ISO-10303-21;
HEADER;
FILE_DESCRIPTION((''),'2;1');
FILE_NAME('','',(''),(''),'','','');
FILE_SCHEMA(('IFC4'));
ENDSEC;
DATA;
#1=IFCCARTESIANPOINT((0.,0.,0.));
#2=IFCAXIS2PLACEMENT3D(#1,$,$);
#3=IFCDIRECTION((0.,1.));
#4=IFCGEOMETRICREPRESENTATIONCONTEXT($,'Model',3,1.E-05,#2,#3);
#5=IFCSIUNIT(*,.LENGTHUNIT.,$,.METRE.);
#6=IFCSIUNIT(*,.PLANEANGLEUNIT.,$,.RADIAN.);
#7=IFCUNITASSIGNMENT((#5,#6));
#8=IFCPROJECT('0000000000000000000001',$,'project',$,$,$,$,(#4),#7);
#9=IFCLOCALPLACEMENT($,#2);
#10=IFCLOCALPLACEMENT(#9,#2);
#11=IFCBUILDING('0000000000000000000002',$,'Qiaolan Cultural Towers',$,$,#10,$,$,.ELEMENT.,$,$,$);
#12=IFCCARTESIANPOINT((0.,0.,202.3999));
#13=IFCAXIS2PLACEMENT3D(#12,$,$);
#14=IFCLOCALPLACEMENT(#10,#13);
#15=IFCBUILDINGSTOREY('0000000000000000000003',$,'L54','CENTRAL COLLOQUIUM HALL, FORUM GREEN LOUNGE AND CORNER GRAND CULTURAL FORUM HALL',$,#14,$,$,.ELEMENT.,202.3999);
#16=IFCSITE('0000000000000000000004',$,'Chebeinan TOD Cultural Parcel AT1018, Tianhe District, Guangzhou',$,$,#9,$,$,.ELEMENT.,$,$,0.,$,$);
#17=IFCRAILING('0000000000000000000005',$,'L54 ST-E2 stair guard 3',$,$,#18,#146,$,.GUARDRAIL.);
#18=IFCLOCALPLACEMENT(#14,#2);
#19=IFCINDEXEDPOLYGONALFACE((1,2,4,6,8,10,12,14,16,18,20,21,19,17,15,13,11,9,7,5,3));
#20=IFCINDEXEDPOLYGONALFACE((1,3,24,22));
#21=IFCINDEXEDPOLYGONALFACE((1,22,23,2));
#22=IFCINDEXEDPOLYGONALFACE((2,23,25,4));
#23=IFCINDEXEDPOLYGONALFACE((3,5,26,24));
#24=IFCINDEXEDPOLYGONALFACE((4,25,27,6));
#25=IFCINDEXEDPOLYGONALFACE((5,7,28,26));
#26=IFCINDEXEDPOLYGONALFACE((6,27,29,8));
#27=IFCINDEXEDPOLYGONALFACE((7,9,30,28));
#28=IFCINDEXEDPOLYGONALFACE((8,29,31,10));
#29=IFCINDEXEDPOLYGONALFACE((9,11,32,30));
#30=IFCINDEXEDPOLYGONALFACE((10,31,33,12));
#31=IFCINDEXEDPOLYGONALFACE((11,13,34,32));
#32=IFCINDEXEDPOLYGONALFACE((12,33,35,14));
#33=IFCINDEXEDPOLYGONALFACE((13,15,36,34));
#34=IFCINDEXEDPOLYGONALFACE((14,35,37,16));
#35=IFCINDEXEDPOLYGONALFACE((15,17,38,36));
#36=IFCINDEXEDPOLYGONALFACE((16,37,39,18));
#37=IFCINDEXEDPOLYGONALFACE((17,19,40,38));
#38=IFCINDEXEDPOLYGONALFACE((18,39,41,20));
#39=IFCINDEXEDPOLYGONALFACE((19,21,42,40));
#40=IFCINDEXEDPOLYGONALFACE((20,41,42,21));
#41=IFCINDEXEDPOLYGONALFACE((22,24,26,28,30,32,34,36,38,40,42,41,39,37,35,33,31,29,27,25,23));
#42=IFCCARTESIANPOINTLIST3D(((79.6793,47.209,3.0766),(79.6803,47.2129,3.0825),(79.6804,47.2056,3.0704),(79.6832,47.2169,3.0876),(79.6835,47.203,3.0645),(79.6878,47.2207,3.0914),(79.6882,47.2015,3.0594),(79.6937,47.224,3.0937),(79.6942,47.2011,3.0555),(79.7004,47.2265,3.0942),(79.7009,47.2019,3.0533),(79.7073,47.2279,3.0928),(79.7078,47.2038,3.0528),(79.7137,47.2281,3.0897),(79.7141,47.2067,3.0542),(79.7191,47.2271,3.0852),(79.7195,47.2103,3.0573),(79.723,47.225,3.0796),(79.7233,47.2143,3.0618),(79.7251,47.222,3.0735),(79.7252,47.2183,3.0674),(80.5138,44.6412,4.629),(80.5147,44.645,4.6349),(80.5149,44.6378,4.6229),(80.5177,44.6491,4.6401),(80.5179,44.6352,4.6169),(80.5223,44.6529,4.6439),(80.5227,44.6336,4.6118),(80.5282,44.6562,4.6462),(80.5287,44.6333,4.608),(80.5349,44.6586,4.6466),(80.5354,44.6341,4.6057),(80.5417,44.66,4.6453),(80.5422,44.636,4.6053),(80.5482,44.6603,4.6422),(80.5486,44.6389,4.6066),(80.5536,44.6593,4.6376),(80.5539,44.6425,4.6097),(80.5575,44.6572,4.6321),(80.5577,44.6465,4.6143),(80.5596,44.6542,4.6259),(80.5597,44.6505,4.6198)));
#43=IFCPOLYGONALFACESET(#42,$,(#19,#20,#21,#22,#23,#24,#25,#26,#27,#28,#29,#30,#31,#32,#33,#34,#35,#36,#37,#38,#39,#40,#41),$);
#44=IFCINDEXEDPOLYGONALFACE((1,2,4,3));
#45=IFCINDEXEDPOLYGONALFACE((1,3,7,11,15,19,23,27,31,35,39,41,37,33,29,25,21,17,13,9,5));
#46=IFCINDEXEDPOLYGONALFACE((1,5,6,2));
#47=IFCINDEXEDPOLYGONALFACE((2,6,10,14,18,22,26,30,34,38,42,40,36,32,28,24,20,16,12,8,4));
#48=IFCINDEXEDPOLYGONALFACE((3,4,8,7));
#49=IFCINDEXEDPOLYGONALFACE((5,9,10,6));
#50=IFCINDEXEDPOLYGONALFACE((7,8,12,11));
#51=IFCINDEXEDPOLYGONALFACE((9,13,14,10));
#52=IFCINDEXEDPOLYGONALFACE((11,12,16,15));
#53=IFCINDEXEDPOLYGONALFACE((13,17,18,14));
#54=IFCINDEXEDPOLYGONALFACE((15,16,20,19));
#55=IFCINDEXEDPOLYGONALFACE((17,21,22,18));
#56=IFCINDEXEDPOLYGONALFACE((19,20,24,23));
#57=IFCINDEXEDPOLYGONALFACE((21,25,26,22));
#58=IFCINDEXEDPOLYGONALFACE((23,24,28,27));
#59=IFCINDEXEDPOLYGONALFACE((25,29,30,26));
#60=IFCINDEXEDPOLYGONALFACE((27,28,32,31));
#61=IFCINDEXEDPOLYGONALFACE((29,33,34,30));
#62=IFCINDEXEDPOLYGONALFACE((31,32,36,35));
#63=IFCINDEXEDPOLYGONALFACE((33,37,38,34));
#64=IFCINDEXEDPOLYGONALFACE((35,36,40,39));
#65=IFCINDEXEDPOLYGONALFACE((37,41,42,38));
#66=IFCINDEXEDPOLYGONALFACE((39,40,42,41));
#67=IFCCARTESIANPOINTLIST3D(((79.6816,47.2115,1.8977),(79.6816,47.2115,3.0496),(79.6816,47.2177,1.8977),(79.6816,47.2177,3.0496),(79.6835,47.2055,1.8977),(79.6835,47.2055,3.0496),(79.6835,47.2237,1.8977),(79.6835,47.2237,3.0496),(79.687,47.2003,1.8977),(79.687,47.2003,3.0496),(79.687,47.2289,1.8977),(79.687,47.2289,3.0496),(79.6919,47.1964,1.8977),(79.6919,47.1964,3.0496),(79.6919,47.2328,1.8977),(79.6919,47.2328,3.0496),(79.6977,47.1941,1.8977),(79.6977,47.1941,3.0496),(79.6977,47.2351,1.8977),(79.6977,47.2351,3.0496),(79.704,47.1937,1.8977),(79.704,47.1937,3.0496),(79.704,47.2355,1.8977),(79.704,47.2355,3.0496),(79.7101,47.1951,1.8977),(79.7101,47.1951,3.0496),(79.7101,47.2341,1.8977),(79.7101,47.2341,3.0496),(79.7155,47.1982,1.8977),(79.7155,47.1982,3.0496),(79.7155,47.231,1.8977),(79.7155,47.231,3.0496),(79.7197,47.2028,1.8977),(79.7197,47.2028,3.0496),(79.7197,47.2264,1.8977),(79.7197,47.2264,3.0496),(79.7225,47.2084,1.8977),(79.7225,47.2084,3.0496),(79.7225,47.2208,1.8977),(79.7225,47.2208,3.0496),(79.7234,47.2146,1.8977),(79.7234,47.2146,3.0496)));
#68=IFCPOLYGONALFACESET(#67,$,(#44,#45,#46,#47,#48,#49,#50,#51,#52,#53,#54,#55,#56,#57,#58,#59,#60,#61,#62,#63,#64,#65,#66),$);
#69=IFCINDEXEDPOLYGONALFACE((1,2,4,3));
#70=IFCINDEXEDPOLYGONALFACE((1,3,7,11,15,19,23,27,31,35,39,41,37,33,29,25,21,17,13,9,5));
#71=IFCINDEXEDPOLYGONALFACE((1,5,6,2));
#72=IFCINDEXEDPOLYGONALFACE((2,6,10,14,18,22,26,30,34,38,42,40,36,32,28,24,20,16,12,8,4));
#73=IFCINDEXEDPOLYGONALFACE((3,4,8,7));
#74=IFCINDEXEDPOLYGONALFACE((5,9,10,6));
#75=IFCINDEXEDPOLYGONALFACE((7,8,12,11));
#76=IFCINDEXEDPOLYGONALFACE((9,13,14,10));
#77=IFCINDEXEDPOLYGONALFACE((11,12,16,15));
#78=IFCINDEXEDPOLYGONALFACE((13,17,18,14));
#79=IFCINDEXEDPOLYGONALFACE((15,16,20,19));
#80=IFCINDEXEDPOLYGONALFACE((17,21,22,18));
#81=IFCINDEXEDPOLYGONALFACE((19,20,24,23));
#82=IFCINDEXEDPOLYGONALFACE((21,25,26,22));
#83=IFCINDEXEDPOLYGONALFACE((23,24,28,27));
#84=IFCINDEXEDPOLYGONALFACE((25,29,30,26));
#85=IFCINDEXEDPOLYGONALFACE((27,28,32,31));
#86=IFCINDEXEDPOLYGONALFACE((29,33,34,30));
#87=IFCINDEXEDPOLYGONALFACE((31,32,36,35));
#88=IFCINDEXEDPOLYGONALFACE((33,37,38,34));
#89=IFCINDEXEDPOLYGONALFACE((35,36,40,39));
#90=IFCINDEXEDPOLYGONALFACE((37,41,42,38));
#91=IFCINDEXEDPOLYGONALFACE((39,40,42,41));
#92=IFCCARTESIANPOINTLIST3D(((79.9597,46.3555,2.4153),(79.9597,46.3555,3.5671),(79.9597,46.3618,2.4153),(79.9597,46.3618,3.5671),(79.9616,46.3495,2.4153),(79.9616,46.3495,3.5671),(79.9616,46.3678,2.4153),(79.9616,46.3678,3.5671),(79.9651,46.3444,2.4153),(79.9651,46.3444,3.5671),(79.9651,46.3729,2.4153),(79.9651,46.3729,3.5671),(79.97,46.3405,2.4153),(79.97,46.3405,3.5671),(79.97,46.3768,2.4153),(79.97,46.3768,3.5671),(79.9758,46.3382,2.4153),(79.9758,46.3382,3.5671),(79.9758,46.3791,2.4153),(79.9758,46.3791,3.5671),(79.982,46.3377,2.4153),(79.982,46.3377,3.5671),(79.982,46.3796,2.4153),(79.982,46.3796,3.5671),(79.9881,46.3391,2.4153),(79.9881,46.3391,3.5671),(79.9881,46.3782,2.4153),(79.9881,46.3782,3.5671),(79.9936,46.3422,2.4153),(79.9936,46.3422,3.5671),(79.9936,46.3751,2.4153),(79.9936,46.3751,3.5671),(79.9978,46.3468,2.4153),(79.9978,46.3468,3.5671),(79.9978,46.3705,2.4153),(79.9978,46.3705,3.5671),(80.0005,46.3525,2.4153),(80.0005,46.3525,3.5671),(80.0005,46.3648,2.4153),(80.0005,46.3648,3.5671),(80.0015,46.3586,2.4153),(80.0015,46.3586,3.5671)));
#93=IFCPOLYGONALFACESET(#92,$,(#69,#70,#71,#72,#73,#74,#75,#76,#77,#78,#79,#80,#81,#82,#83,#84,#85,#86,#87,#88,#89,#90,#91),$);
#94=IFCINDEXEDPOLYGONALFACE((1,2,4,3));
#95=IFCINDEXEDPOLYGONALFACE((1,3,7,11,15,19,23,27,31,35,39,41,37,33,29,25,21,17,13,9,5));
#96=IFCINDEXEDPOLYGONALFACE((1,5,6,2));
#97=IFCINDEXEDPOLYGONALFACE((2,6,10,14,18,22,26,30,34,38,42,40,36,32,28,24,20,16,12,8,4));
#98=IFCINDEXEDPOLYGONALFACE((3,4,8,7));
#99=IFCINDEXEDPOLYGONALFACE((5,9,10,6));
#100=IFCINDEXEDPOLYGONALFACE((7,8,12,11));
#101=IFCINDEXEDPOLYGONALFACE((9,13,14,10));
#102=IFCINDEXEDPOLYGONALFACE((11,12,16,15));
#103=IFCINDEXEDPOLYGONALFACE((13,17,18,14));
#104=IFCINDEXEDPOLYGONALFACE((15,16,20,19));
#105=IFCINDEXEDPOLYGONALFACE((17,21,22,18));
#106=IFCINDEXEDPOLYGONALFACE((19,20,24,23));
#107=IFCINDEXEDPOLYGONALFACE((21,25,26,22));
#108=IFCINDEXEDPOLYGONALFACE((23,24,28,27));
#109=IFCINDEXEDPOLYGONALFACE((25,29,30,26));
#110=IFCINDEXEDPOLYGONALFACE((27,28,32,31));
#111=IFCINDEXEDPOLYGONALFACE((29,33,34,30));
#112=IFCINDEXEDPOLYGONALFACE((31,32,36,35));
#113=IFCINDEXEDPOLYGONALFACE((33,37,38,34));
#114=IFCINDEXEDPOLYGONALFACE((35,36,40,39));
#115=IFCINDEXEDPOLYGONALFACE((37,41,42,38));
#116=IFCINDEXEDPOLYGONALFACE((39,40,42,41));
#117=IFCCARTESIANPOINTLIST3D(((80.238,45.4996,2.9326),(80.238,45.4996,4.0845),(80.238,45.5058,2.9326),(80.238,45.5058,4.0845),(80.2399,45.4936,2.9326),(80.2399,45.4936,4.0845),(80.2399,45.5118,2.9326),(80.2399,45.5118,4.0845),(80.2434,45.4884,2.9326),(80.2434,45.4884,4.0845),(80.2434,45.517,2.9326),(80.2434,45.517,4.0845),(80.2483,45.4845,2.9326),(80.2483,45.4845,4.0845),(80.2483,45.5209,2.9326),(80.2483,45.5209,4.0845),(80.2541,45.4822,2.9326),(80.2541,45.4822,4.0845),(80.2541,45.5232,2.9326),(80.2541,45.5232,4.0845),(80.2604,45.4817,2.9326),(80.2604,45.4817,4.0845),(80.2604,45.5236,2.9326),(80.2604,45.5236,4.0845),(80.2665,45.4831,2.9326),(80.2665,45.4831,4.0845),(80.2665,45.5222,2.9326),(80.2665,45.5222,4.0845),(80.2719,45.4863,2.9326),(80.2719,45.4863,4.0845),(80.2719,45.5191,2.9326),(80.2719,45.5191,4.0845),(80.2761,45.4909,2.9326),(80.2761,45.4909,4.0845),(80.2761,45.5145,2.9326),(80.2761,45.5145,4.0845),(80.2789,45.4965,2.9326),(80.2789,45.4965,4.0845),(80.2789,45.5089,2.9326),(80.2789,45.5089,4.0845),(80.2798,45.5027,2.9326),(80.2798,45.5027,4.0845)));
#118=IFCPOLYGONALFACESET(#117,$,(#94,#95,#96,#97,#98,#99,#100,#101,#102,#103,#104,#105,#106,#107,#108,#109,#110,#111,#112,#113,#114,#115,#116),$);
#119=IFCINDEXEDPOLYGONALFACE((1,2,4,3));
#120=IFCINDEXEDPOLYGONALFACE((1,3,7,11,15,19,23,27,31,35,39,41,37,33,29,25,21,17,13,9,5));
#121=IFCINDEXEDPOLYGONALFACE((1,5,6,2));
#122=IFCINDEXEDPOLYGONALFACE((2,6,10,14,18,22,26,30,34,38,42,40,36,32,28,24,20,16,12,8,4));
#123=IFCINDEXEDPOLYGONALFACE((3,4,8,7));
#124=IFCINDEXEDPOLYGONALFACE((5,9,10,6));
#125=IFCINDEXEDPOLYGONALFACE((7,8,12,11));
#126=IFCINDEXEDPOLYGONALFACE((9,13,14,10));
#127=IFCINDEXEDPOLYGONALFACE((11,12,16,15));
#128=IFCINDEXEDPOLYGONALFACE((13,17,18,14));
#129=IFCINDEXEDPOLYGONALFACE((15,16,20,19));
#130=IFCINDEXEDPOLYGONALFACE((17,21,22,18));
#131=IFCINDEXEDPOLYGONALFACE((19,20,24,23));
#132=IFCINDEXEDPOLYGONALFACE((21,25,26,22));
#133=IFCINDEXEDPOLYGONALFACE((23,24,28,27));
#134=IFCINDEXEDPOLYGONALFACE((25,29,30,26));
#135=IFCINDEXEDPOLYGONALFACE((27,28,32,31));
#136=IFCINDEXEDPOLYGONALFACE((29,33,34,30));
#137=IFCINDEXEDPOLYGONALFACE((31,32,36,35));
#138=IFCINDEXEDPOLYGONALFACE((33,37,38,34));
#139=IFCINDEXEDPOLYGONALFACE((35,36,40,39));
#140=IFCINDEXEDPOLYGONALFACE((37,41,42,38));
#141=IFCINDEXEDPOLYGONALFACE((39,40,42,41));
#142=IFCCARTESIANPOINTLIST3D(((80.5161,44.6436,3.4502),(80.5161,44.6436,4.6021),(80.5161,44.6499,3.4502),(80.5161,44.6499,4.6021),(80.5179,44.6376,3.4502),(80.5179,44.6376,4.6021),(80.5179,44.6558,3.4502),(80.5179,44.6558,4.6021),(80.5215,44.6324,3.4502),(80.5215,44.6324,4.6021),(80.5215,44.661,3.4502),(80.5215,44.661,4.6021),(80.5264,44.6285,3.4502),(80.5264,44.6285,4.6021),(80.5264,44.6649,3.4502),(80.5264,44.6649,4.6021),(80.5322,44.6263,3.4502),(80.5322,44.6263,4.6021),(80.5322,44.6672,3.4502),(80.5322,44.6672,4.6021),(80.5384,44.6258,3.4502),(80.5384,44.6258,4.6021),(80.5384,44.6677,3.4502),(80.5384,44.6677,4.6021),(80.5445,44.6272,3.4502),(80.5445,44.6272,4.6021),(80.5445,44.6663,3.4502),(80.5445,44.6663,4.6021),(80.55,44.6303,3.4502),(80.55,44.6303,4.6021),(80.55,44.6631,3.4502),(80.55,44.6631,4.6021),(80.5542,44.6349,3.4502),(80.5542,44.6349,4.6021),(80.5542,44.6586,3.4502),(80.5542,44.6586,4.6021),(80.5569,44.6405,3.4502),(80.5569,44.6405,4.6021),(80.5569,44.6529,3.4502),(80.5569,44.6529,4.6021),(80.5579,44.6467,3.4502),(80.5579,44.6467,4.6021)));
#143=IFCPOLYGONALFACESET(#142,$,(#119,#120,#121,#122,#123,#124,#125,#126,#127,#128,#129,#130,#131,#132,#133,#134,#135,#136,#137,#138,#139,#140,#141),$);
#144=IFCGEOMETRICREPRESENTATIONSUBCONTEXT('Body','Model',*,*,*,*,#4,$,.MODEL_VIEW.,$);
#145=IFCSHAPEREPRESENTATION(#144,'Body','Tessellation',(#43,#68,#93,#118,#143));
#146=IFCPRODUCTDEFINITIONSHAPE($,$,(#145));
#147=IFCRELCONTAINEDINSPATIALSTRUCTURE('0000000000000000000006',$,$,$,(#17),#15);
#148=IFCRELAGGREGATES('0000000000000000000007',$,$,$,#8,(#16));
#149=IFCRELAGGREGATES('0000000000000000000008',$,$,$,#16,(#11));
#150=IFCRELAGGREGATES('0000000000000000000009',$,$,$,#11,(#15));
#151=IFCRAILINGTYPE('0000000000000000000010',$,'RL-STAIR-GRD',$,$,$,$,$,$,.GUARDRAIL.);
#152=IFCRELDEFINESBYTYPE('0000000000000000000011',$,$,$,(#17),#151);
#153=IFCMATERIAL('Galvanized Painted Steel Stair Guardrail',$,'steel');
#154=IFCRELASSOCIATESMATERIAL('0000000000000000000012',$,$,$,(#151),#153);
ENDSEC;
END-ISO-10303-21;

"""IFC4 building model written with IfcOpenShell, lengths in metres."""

from ifc_helpers import new_model, si_unit, direction, frame, origin, origin_2d, place, context, subcontext, project, spatial, circle, extrude, material, type_object, element, save


model = new_model("IFC4")

# Units and contexts
model_context = context("Model", 3, precision=1e-05, world=origin(), true_north=direction((0.0, 1.0)))
body_context = subcontext(model_context, "Body", "Model", "MODEL_VIEW")
ifc_project = project(units=[si_unit("LENGTHUNIT", "METRE"), si_unit("PLANEANGLEUNIT", "RADIAN")], contexts=[model_context])

# Site, building, storey
site_placement = place(None, origin())
site = spatial("IfcSite", under=ifc_project, at=site_placement, Name="Chebeinan TOD Cultural Parcel AT1018, Tianhe District, Guangzhou", CompositionType="ELEMENT", RefElevation=0.0)
building_placement = place(site_placement, origin())
building = spatial("IfcBuilding", under=site, at=building_placement, Name="Qiaolan Cultural Towers", CompositionType="ELEMENT")
storey_placement = place(building_placement, frame((0.0, 0.0, 202.3999)))
storey = spatial("IfcBuildingStorey", under=building, at=storey_placement, Name="L54", Description="CENTRAL COLLOQUIUM HALL, FORUM GREEN LOUNGE AND CORNER GRAND CULTURAL FORUM HALL", CompositionType="ELEMENT", Elevation=202.3999)

# Railing
ifc_material_1 = material(Name="Galvanized Painted Steel Stair Guardrail", Category="steel")
railing_type_1 = type_object("IfcRailingType", Name="RL-STAIR-GRD", PredefinedType="GUARDRAIL", material=ifc_material_1)
railing_1_placement = place(storey_placement, frame((79.7024, 47.2146, 1.8977)))
element("IfcRailing", 1, at=railing_1_placement, inside=storey, type_object=railing_type_1, Name="L54 ST-E2 stair guard 3", PredefinedType="GUARDRAIL", context=body_context, shape_type="SweptSolid", body=[
    extrude(circle(Radius=0.0239, at=origin_2d()), frame((0.0, 0.0, 1.1758), z_axis=(0.267926, -0.824471, 0.498461), x_axis=(0.951043, 0.309057, 0.0)), (0.0, 0.0, 1.0), 3.1145),
    extrude(circle(Radius=0.021, at=origin_2d()), origin(), (0.0, 0.0, 1.0), 1.1519),
    extrude(circle(Radius=0.021, at=origin_2d()), frame((0.2781, -0.856, 0.5176)), (0.0, 0.0, 1.0), 1.1519),
    extrude(circle(Radius=0.021, at=origin_2d()), frame((0.5564, -1.7119, 1.0349)), (0.0, 0.0, 1.0), 1.1519),
    extrude(circle(Radius=0.021, at=origin_2d()), frame((0.8345, -2.5679, 1.5525)), (0.0, 0.0, 1.0), 1.1519),
])

save(model, "model.ifc")
